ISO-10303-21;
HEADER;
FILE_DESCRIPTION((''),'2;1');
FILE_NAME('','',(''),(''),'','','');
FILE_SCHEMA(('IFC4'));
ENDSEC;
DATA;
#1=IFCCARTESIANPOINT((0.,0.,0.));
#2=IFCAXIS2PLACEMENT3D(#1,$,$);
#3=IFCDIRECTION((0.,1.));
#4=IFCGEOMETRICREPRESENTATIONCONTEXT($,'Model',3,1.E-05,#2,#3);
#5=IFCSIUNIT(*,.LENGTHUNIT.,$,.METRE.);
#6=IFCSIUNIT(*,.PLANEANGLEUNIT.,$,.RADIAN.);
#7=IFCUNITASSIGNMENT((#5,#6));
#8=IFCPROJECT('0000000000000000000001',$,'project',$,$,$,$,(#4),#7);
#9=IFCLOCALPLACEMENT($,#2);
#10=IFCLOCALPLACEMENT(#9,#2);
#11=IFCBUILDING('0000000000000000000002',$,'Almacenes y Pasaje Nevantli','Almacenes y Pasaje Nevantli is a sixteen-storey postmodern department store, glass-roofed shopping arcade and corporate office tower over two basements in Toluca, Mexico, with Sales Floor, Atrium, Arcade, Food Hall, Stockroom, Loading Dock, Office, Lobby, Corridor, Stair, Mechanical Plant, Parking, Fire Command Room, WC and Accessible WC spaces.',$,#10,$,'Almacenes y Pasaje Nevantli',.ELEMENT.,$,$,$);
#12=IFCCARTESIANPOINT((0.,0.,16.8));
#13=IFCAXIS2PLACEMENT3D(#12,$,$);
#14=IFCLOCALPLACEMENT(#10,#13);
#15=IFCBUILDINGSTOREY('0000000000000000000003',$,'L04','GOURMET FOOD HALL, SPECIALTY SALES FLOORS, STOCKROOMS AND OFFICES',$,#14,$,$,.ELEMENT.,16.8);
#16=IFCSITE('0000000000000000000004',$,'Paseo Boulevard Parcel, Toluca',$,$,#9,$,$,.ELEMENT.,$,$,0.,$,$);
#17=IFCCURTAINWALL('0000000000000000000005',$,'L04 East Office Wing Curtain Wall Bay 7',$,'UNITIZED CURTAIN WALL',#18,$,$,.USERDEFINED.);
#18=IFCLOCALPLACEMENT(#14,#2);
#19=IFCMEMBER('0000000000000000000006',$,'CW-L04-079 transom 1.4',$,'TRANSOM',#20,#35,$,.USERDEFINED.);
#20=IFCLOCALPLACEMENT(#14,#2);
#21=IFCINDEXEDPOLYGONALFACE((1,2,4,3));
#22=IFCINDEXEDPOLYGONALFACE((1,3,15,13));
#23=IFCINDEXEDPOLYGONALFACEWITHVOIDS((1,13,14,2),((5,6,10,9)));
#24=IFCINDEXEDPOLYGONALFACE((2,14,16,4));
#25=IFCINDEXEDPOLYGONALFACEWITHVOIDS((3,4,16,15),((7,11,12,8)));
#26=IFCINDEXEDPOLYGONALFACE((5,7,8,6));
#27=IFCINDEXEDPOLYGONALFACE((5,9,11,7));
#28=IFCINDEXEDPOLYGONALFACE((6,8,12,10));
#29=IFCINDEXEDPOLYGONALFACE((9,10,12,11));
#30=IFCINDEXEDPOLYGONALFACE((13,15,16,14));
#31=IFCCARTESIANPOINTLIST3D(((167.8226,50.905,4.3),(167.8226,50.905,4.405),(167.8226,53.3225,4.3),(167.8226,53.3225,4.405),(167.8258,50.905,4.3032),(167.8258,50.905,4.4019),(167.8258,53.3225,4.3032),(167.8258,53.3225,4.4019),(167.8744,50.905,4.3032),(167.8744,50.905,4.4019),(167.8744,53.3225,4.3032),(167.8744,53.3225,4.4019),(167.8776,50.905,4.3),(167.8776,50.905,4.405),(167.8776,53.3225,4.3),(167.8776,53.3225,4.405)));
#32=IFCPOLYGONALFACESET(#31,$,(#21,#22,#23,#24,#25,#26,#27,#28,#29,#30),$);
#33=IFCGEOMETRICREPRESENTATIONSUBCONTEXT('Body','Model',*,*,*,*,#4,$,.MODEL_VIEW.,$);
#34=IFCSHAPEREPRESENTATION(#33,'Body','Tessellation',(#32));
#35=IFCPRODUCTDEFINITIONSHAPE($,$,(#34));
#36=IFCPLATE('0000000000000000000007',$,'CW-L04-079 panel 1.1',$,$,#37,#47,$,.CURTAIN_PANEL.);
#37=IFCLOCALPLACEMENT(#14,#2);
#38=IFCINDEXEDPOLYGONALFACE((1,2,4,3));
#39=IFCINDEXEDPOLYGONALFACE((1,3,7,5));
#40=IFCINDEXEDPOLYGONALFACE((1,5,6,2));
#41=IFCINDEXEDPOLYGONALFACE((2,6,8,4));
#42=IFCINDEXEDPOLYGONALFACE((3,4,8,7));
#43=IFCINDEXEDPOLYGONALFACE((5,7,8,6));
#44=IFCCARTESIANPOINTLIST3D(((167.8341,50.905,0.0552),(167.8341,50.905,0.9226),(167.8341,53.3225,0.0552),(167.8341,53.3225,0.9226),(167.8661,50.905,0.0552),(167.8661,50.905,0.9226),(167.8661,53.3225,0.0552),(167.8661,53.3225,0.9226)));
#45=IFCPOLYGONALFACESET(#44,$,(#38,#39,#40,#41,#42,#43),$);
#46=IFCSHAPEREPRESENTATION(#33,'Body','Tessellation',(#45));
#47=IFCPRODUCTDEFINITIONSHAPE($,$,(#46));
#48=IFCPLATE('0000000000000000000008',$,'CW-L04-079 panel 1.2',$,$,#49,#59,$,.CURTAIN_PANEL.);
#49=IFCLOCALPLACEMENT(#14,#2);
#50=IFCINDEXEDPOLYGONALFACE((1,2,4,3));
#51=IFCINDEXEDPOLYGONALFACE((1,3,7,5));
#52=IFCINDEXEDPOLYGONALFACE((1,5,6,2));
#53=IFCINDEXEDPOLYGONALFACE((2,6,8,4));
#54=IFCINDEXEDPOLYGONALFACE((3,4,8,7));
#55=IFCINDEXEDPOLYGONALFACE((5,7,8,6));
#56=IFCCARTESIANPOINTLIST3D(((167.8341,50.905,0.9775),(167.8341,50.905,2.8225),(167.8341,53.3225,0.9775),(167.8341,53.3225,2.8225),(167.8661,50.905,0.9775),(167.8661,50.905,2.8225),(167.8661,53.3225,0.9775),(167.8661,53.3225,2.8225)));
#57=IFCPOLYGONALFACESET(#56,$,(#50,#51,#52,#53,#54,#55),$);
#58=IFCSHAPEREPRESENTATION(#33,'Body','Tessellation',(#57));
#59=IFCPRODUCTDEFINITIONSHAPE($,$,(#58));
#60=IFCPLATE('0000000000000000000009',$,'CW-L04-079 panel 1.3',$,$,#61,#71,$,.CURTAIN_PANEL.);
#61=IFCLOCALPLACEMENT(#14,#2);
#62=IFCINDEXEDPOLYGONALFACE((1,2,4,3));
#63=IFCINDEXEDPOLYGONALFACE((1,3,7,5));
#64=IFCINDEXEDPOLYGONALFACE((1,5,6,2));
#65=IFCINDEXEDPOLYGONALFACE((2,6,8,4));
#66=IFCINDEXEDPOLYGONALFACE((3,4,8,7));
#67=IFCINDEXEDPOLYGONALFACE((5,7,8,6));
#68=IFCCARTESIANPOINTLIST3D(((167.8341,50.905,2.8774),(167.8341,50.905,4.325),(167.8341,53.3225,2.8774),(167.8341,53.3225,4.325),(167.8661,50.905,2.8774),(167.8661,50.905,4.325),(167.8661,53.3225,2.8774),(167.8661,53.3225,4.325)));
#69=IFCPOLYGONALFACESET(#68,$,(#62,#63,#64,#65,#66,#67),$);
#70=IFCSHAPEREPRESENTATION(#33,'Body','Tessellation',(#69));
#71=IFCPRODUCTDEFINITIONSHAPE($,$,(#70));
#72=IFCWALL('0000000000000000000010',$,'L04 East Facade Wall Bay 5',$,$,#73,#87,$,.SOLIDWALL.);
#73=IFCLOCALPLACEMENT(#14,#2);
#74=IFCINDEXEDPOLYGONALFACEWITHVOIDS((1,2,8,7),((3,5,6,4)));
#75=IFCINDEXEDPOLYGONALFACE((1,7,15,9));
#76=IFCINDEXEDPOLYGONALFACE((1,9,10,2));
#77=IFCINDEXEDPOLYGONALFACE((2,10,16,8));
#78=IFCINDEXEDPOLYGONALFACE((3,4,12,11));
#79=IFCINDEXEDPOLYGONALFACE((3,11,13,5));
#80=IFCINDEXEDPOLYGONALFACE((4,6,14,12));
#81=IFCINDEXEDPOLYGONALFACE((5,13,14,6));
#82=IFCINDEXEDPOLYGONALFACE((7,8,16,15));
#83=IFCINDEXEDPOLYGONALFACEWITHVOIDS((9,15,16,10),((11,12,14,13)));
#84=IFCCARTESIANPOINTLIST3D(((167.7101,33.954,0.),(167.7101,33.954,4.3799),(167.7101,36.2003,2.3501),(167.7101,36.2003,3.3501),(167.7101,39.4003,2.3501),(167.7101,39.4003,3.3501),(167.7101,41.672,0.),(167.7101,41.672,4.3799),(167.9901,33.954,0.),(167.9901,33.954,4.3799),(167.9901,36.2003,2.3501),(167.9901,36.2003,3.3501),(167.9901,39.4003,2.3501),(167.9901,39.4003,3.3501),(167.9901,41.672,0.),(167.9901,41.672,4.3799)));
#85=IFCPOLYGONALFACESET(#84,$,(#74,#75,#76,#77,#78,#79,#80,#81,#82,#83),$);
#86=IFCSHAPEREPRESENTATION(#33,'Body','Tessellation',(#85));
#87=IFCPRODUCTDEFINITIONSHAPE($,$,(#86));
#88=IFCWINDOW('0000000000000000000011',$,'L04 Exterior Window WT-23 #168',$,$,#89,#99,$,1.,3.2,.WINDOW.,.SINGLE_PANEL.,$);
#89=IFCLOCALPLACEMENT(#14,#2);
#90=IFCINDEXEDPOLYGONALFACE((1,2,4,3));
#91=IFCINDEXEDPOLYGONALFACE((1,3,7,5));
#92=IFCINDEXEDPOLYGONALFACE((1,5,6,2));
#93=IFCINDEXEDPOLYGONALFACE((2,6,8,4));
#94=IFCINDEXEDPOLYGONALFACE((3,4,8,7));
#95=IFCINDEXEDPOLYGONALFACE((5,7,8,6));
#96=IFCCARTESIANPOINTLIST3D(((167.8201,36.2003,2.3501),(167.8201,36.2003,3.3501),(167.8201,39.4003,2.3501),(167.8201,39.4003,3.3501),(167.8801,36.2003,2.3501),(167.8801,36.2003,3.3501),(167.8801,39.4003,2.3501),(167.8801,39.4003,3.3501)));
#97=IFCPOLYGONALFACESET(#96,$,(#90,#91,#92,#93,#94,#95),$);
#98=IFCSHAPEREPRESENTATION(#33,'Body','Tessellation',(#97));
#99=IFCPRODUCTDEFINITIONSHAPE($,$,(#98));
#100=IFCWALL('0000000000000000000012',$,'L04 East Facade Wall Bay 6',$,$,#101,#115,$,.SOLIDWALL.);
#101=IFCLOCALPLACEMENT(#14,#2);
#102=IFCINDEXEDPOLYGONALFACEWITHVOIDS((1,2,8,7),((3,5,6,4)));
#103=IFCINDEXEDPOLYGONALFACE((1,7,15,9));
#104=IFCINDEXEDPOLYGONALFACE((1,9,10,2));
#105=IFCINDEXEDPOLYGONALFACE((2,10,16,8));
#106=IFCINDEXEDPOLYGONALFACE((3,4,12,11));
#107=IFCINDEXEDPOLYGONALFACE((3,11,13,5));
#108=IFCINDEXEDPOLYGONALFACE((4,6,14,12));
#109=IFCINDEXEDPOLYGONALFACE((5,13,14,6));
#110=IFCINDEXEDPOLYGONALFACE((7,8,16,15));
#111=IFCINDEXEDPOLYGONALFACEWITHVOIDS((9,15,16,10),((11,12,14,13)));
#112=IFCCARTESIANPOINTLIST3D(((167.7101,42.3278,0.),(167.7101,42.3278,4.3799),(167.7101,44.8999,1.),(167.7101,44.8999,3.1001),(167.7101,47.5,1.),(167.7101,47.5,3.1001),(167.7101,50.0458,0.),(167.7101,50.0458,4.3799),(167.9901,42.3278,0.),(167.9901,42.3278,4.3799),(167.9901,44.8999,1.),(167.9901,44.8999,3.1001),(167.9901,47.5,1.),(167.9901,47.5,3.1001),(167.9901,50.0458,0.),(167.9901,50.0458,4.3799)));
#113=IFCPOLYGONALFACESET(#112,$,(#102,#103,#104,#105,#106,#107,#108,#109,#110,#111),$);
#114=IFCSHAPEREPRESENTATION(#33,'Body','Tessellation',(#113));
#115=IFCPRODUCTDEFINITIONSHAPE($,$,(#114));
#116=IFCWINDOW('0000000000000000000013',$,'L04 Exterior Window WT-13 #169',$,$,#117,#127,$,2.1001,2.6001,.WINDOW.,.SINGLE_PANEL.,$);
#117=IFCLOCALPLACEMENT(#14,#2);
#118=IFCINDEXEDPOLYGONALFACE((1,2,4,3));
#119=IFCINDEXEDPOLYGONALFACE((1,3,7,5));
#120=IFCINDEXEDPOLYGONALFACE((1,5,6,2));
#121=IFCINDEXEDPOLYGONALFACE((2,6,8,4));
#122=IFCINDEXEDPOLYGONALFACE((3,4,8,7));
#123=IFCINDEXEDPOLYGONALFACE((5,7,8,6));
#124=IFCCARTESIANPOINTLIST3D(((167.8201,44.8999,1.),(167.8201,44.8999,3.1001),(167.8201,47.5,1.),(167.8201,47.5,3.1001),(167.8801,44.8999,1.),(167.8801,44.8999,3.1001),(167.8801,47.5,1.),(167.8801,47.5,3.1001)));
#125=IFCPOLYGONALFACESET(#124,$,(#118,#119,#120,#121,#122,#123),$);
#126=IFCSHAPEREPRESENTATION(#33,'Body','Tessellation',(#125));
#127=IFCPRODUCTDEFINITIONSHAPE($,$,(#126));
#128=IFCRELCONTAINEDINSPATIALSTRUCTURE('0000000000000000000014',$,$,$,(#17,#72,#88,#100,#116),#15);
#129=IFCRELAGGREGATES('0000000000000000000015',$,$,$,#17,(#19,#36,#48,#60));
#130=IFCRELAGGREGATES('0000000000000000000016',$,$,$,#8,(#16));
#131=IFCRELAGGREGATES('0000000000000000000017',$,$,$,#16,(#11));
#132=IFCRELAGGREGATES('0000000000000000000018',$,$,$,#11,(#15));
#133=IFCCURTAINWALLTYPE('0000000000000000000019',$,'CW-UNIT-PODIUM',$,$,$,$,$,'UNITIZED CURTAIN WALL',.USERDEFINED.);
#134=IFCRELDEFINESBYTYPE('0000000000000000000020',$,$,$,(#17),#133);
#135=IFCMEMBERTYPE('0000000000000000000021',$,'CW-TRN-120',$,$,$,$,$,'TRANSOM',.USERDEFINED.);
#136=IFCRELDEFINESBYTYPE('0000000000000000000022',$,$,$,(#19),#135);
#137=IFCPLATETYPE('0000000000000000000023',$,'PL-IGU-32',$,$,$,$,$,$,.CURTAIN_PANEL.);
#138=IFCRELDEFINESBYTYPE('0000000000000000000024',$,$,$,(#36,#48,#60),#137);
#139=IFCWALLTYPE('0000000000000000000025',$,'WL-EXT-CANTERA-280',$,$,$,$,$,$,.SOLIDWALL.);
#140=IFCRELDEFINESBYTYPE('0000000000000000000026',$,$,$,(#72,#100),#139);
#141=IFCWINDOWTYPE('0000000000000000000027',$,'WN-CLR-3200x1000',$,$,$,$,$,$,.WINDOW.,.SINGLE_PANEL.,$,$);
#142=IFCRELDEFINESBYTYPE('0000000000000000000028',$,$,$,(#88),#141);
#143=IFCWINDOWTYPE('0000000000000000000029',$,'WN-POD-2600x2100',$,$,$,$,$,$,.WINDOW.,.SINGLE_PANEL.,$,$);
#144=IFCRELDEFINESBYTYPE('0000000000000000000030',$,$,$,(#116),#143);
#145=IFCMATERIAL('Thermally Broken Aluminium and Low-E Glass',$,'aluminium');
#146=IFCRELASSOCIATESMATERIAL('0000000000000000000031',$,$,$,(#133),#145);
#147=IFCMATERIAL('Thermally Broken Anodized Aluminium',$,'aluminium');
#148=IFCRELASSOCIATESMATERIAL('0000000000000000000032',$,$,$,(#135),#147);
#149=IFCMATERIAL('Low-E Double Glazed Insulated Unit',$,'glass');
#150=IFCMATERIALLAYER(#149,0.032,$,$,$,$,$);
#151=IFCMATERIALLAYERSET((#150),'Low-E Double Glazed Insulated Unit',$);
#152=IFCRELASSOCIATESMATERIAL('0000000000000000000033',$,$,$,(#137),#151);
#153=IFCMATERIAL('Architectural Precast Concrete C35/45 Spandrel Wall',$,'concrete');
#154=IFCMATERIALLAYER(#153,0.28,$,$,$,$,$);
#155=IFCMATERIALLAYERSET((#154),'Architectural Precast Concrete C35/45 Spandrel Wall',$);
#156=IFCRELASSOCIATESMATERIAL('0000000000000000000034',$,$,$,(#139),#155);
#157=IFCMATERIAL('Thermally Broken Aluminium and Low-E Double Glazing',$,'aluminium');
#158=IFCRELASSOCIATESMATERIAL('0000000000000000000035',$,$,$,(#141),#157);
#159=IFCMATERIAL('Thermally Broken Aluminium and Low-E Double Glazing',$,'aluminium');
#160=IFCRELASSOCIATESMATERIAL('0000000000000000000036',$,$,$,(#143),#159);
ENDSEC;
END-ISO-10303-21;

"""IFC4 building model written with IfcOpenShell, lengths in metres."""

from ifc_helpers import new_model, si_unit, direction, frame, frame_2d, origin, origin_2d, place, context, subcontext, project, spatial, rectangle, hollow_rectangle, extrude, material, layer, layer_set, material_profile, profile_set, type_object, element, fill, aggregate, save


model = new_model("IFC4")

# Units and contexts
model_context = context("Model", 3, precision=1e-05, world=origin(), true_north=direction((0.0, 1.0)))
body_context = subcontext(model_context, "Body", "Model", "MODEL_VIEW")
ifc_project = project(units=[si_unit("LENGTHUNIT", "METRE"), si_unit("PLANEANGLEUNIT", "RADIAN")], contexts=[model_context])

# Site, building, storey
site_placement = place(None, origin())
site = spatial("IfcSite", under=ifc_project, at=site_placement, Name="Paseo Boulevard Parcel, Toluca", CompositionType="ELEMENT", RefElevation=0.0)
building_placement = place(site_placement, origin())
building = spatial("IfcBuilding", under=site, at=building_placement, Name="Almacenes y Pasaje Nevantli", Description="Almacenes y Pasaje Nevantli is a sixteen-storey postmodern department store, glass-roofed shopping arcade and corporate office tower over two basements in Toluca, Mexico, with Sales Floor, Atrium, Arcade, Food Hall, Stockroom, Loading Dock, Office, Lobby, Corridor, Stair, Mechanical Plant, Parking, Fire Command Room, WC and Accessible WC spaces.", LongName="Almacenes y Pasaje Nevantli", CompositionType="ELEMENT")
storey_placement = place(building_placement, frame((0.0, 0.0, 16.8)))
storey = spatial("IfcBuildingStorey", under=building, at=storey_placement, Name="L04", Description="GOURMET FOOD HALL, SPECIALTY SALES FLOORS, STOCKROOMS AND OFFICES", CompositionType="ELEMENT", Elevation=16.8)

# Curtain wall, member, plates
ifc_material_1 = material(Name="Thermally Broken Aluminium and Low-E Glass", Category="aluminium")
curtain_wall_type = type_object("IfcCurtainWallType", Name="CW-UNIT-PODIUM", ElementType="UNITIZED CURTAIN WALL", PredefinedType="USERDEFINED", material=ifc_material_1)
curtain_wall_placement = place(storey_placement, origin())
curtain_wall = element("IfcCurtainWall", 1, at=curtain_wall_placement, inside=storey, type_object=curtain_wall_type, Name="L04 East Office Wing Curtain Wall Bay 7", ObjectType="UNITIZED CURTAIN WALL", PredefinedType="USERDEFINED")
ifc_material_2 = material(Name="Thermally Broken Anodized Aluminium", Category="aluminium")
ifc_material_profile_1 = material_profile(ifc_material_2, hollow_rectangle(XDim=0.0549, YDim=0.105, WallThickness=0.0032, at=origin_2d()), Name="ALU-TRN-55x105")
ifc_profile_set_1 = profile_set([ifc_material_profile_1], Name="Thermally Broken Anodized Aluminium")
member_type_1 = type_object("IfcMemberType", Name="CW-TRN-120", ElementType="TRANSOM", PredefinedType="USERDEFINED", material=ifc_profile_set_1)
member_1_placement = place(storey_placement, frame((167.8501, 50.905, 4.3525), z_axis=(0.0, 1.0, 0.0), x_axis=(-1.0, 0.0, 0.0)))
member_1 = element("IfcMember", 2, at=member_1_placement, type_object=member_type_1, Name="CW-L04-079 transom 1.4", ObjectType="TRANSOM", PredefinedType="USERDEFINED", context=body_context, shape_type="SweptSolid", body=[
    extrude(hollow_rectangle(XDim=0.0549, YDim=0.105, WallThickness=0.0032, at=origin_2d()), origin(), (0.0, 0.0, 1.0), 2.4175),
])
ifc_material_3 = material(Name="Low-E Double Glazed Insulated Unit", Category="glass")
ifc_layer_1 = layer(ifc_material_3, 0.032)
ifc_layer_set_1 = layer_set([ifc_layer_1], Name="Low-E Double Glazed Insulated Unit")
plate_type = type_object("IfcPlateType", Name="PL-IGU-32", PredefinedType="CURTAIN_PANEL", material=ifc_layer_set_1)
plate_1_placement = place(storey_placement, frame((167.8501, 52.1138, 0.0552), z_axis=(0.0, 0.0, 1.0), x_axis=(0.0, 1.0, 0.0)))
plate_1 = element("IfcPlate", 3, at=plate_1_placement, type_object=plate_type, Name="CW-L04-079 panel 1.1", PredefinedType="CURTAIN_PANEL", context=body_context, shape_type="SweptSolid", body=[
    extrude(rectangle(XDim=2.4175, YDim=0.032, at=origin_2d()), origin(), (0.0, 0.0, 1.0), 0.8674),
])
plate_2_placement = place(storey_placement, frame((167.8501, 52.1138, 0.9775), z_axis=(0.0, 0.0, 1.0), x_axis=(0.0, 1.0, 0.0)))
plate_2 = element("IfcPlate", 4, at=plate_2_placement, type_object=plate_type, Name="CW-L04-079 panel 1.2", PredefinedType="CURTAIN_PANEL", context=body_context, shape_type="SweptSolid", body=[
    extrude(rectangle(XDim=2.4175, YDim=0.032, at=origin_2d()), origin(), (0.0, 0.0, 1.0), 1.845),
])
plate_3_placement = place(storey_placement, frame((167.8501, 52.1138, 2.8774), z_axis=(0.0, 0.0, 1.0), x_axis=(0.0, 1.0, 0.0)))
plate_3 = element("IfcPlate", 5, at=plate_3_placement, type_object=plate_type, Name="CW-L04-079 panel 1.3", PredefinedType="CURTAIN_PANEL", context=body_context, shape_type="SweptSolid", body=[
    extrude(rectangle(XDim=2.4175, YDim=0.032, at=origin_2d()), origin(), (0.0, 0.0, 1.0), 1.4475),
])
aggregate(curtain_wall, [member_1, plate_1, plate_2, plate_3])

# Walls, openings, windows
ifc_material_4 = material(Name="Architectural Precast Concrete C35/45 Spandrel Wall", Category="concrete")
ifc_layer_2 = layer(ifc_material_4, 0.28)
ifc_layer_set_2 = layer_set([ifc_layer_2], Name="Architectural Precast Concrete C35/45 Spandrel Wall")
wall_type = type_object("IfcWallType", Name="WL-EXT-CANTERA-280", PredefinedType="SOLIDWALL", material=ifc_layer_set_2)
wall_1_placement = place(storey_placement, frame((167.8501, 33.9541, 0.0), z_axis=(0.0, 0.0, 1.0), x_axis=(0.0, 1.0, 0.0)))
wall_1 = element("IfcWall", 6, at=wall_1_placement, inside=storey, type_object=wall_type, Name="L04 East Facade Wall Bay 5", PredefinedType="SOLIDWALL", context=body_context, shape_type="SweptSolid", body=[
    extrude(rectangle(XDim=7.718, YDim=0.28, at=frame_2d((3.8589, 0.0))), origin(), (0.0, 0.0, 1.0), 4.3799),
])
opening_1_placement = place(wall_1_placement, frame((2.2461, 0.0, 2.3501)))
opening_1 = element("IfcOpeningElement", 7, at=opening_1_placement, cuts=wall_1, PredefinedType="OPENING", context=body_context, shape_type="SweptSolid", body=[
    extrude(rectangle(XDim=3.2, YDim=1.0, at=frame_2d((1.6001, 0.5))), frame((0.0, 0.1499, 0.0), z_axis=(0.0, -1.0, 0.0), x_axis=(1.0, 0.0, 0.0)), (0.0, 0.0, 1.0), 0.3),
])
ifc_material_5 = material(Name="Thermally Broken Aluminium and Low-E Double Glazing", Category="aluminium")
window_type_1 = type_object("IfcWindowType", Name="WN-CLR-3200x1000", PartitioningType="SINGLE_PANEL", PredefinedType="WINDOW", material=ifc_material_5)
window_1_placement = place(opening_1_placement, origin())
window_1 = element("IfcWindow", 8, at=window_1_placement, inside=storey, type_object=window_type_1, Name="L04 Exterior Window WT-23 #168", OverallHeight=1.0, OverallWidth=3.2, PartitioningType="SINGLE_PANEL", PredefinedType="WINDOW", context=body_context, shape_type="SweptSolid", body=[
    extrude(rectangle(XDim=3.2, YDim=1.0, at=frame_2d((1.6001, 0.5))), frame((0.0, 0.03, 0.0), z_axis=(0.0, -1.0, 0.0), x_axis=(1.0, 0.0, 0.0)), (0.0, 0.0, 1.0), 0.0601),
])
fill(opening_1, window_1)
wall_2_placement = place(storey_placement, frame((167.8501, 42.3279, 0.0), z_axis=(0.0, 0.0, 1.0), x_axis=(0.0, 1.0, 0.0)))
wall_2 = element("IfcWall", 9, at=wall_2_placement, inside=storey, type_object=wall_type, Name="L04 East Facade Wall Bay 6", PredefinedType="SOLIDWALL", context=body_context, shape_type="SweptSolid", body=[
    extrude(rectangle(XDim=7.718, YDim=0.28, at=frame_2d((3.8589, 0.0))), origin(), (0.0, 0.0, 1.0), 4.3799),
])
opening_2_placement = place(wall_2_placement, frame((2.572, 0.0, 1.0)))
opening_2 = element("IfcOpeningElement", 10, at=opening_2_placement, cuts=wall_2, PredefinedType="OPENING", context=body_context, shape_type="SweptSolid", body=[
    extrude(rectangle(XDim=2.6001, YDim=2.1001, at=frame_2d((1.3, 1.05))), frame((0.0, 0.1499, 0.0), z_axis=(0.0, -1.0, 0.0), x_axis=(1.0, 0.0, 0.0)), (0.0, 0.0, 1.0), 0.3),
])
ifc_material_6 = material(Name="Thermally Broken Aluminium and Low-E Double Glazing", Category="aluminium")
window_type_2 = type_object("IfcWindowType", Name="WN-POD-2600x2100", PartitioningType="SINGLE_PANEL", PredefinedType="WINDOW", material=ifc_material_6)
window_2_placement = place(opening_2_placement, origin())
window_2 = element("IfcWindow", 11, at=window_2_placement, inside=storey, type_object=window_type_2, Name="L04 Exterior Window WT-13 #169", OverallHeight=2.1001, OverallWidth=2.6001, PartitioningType="SINGLE_PANEL", PredefinedType="WINDOW", context=body_context, shape_type="SweptSolid", body=[
    extrude(rectangle(XDim=2.6001, YDim=2.1001, at=frame_2d((1.3, 1.05))), frame((0.0, 0.03, 0.0), z_axis=(0.0, -1.0, 0.0), x_axis=(1.0, 0.0, 0.0)), (0.0, 0.0, 1.0), 0.0601),
])
fill(opening_2, window_2)

save(model, "model.ifc")
